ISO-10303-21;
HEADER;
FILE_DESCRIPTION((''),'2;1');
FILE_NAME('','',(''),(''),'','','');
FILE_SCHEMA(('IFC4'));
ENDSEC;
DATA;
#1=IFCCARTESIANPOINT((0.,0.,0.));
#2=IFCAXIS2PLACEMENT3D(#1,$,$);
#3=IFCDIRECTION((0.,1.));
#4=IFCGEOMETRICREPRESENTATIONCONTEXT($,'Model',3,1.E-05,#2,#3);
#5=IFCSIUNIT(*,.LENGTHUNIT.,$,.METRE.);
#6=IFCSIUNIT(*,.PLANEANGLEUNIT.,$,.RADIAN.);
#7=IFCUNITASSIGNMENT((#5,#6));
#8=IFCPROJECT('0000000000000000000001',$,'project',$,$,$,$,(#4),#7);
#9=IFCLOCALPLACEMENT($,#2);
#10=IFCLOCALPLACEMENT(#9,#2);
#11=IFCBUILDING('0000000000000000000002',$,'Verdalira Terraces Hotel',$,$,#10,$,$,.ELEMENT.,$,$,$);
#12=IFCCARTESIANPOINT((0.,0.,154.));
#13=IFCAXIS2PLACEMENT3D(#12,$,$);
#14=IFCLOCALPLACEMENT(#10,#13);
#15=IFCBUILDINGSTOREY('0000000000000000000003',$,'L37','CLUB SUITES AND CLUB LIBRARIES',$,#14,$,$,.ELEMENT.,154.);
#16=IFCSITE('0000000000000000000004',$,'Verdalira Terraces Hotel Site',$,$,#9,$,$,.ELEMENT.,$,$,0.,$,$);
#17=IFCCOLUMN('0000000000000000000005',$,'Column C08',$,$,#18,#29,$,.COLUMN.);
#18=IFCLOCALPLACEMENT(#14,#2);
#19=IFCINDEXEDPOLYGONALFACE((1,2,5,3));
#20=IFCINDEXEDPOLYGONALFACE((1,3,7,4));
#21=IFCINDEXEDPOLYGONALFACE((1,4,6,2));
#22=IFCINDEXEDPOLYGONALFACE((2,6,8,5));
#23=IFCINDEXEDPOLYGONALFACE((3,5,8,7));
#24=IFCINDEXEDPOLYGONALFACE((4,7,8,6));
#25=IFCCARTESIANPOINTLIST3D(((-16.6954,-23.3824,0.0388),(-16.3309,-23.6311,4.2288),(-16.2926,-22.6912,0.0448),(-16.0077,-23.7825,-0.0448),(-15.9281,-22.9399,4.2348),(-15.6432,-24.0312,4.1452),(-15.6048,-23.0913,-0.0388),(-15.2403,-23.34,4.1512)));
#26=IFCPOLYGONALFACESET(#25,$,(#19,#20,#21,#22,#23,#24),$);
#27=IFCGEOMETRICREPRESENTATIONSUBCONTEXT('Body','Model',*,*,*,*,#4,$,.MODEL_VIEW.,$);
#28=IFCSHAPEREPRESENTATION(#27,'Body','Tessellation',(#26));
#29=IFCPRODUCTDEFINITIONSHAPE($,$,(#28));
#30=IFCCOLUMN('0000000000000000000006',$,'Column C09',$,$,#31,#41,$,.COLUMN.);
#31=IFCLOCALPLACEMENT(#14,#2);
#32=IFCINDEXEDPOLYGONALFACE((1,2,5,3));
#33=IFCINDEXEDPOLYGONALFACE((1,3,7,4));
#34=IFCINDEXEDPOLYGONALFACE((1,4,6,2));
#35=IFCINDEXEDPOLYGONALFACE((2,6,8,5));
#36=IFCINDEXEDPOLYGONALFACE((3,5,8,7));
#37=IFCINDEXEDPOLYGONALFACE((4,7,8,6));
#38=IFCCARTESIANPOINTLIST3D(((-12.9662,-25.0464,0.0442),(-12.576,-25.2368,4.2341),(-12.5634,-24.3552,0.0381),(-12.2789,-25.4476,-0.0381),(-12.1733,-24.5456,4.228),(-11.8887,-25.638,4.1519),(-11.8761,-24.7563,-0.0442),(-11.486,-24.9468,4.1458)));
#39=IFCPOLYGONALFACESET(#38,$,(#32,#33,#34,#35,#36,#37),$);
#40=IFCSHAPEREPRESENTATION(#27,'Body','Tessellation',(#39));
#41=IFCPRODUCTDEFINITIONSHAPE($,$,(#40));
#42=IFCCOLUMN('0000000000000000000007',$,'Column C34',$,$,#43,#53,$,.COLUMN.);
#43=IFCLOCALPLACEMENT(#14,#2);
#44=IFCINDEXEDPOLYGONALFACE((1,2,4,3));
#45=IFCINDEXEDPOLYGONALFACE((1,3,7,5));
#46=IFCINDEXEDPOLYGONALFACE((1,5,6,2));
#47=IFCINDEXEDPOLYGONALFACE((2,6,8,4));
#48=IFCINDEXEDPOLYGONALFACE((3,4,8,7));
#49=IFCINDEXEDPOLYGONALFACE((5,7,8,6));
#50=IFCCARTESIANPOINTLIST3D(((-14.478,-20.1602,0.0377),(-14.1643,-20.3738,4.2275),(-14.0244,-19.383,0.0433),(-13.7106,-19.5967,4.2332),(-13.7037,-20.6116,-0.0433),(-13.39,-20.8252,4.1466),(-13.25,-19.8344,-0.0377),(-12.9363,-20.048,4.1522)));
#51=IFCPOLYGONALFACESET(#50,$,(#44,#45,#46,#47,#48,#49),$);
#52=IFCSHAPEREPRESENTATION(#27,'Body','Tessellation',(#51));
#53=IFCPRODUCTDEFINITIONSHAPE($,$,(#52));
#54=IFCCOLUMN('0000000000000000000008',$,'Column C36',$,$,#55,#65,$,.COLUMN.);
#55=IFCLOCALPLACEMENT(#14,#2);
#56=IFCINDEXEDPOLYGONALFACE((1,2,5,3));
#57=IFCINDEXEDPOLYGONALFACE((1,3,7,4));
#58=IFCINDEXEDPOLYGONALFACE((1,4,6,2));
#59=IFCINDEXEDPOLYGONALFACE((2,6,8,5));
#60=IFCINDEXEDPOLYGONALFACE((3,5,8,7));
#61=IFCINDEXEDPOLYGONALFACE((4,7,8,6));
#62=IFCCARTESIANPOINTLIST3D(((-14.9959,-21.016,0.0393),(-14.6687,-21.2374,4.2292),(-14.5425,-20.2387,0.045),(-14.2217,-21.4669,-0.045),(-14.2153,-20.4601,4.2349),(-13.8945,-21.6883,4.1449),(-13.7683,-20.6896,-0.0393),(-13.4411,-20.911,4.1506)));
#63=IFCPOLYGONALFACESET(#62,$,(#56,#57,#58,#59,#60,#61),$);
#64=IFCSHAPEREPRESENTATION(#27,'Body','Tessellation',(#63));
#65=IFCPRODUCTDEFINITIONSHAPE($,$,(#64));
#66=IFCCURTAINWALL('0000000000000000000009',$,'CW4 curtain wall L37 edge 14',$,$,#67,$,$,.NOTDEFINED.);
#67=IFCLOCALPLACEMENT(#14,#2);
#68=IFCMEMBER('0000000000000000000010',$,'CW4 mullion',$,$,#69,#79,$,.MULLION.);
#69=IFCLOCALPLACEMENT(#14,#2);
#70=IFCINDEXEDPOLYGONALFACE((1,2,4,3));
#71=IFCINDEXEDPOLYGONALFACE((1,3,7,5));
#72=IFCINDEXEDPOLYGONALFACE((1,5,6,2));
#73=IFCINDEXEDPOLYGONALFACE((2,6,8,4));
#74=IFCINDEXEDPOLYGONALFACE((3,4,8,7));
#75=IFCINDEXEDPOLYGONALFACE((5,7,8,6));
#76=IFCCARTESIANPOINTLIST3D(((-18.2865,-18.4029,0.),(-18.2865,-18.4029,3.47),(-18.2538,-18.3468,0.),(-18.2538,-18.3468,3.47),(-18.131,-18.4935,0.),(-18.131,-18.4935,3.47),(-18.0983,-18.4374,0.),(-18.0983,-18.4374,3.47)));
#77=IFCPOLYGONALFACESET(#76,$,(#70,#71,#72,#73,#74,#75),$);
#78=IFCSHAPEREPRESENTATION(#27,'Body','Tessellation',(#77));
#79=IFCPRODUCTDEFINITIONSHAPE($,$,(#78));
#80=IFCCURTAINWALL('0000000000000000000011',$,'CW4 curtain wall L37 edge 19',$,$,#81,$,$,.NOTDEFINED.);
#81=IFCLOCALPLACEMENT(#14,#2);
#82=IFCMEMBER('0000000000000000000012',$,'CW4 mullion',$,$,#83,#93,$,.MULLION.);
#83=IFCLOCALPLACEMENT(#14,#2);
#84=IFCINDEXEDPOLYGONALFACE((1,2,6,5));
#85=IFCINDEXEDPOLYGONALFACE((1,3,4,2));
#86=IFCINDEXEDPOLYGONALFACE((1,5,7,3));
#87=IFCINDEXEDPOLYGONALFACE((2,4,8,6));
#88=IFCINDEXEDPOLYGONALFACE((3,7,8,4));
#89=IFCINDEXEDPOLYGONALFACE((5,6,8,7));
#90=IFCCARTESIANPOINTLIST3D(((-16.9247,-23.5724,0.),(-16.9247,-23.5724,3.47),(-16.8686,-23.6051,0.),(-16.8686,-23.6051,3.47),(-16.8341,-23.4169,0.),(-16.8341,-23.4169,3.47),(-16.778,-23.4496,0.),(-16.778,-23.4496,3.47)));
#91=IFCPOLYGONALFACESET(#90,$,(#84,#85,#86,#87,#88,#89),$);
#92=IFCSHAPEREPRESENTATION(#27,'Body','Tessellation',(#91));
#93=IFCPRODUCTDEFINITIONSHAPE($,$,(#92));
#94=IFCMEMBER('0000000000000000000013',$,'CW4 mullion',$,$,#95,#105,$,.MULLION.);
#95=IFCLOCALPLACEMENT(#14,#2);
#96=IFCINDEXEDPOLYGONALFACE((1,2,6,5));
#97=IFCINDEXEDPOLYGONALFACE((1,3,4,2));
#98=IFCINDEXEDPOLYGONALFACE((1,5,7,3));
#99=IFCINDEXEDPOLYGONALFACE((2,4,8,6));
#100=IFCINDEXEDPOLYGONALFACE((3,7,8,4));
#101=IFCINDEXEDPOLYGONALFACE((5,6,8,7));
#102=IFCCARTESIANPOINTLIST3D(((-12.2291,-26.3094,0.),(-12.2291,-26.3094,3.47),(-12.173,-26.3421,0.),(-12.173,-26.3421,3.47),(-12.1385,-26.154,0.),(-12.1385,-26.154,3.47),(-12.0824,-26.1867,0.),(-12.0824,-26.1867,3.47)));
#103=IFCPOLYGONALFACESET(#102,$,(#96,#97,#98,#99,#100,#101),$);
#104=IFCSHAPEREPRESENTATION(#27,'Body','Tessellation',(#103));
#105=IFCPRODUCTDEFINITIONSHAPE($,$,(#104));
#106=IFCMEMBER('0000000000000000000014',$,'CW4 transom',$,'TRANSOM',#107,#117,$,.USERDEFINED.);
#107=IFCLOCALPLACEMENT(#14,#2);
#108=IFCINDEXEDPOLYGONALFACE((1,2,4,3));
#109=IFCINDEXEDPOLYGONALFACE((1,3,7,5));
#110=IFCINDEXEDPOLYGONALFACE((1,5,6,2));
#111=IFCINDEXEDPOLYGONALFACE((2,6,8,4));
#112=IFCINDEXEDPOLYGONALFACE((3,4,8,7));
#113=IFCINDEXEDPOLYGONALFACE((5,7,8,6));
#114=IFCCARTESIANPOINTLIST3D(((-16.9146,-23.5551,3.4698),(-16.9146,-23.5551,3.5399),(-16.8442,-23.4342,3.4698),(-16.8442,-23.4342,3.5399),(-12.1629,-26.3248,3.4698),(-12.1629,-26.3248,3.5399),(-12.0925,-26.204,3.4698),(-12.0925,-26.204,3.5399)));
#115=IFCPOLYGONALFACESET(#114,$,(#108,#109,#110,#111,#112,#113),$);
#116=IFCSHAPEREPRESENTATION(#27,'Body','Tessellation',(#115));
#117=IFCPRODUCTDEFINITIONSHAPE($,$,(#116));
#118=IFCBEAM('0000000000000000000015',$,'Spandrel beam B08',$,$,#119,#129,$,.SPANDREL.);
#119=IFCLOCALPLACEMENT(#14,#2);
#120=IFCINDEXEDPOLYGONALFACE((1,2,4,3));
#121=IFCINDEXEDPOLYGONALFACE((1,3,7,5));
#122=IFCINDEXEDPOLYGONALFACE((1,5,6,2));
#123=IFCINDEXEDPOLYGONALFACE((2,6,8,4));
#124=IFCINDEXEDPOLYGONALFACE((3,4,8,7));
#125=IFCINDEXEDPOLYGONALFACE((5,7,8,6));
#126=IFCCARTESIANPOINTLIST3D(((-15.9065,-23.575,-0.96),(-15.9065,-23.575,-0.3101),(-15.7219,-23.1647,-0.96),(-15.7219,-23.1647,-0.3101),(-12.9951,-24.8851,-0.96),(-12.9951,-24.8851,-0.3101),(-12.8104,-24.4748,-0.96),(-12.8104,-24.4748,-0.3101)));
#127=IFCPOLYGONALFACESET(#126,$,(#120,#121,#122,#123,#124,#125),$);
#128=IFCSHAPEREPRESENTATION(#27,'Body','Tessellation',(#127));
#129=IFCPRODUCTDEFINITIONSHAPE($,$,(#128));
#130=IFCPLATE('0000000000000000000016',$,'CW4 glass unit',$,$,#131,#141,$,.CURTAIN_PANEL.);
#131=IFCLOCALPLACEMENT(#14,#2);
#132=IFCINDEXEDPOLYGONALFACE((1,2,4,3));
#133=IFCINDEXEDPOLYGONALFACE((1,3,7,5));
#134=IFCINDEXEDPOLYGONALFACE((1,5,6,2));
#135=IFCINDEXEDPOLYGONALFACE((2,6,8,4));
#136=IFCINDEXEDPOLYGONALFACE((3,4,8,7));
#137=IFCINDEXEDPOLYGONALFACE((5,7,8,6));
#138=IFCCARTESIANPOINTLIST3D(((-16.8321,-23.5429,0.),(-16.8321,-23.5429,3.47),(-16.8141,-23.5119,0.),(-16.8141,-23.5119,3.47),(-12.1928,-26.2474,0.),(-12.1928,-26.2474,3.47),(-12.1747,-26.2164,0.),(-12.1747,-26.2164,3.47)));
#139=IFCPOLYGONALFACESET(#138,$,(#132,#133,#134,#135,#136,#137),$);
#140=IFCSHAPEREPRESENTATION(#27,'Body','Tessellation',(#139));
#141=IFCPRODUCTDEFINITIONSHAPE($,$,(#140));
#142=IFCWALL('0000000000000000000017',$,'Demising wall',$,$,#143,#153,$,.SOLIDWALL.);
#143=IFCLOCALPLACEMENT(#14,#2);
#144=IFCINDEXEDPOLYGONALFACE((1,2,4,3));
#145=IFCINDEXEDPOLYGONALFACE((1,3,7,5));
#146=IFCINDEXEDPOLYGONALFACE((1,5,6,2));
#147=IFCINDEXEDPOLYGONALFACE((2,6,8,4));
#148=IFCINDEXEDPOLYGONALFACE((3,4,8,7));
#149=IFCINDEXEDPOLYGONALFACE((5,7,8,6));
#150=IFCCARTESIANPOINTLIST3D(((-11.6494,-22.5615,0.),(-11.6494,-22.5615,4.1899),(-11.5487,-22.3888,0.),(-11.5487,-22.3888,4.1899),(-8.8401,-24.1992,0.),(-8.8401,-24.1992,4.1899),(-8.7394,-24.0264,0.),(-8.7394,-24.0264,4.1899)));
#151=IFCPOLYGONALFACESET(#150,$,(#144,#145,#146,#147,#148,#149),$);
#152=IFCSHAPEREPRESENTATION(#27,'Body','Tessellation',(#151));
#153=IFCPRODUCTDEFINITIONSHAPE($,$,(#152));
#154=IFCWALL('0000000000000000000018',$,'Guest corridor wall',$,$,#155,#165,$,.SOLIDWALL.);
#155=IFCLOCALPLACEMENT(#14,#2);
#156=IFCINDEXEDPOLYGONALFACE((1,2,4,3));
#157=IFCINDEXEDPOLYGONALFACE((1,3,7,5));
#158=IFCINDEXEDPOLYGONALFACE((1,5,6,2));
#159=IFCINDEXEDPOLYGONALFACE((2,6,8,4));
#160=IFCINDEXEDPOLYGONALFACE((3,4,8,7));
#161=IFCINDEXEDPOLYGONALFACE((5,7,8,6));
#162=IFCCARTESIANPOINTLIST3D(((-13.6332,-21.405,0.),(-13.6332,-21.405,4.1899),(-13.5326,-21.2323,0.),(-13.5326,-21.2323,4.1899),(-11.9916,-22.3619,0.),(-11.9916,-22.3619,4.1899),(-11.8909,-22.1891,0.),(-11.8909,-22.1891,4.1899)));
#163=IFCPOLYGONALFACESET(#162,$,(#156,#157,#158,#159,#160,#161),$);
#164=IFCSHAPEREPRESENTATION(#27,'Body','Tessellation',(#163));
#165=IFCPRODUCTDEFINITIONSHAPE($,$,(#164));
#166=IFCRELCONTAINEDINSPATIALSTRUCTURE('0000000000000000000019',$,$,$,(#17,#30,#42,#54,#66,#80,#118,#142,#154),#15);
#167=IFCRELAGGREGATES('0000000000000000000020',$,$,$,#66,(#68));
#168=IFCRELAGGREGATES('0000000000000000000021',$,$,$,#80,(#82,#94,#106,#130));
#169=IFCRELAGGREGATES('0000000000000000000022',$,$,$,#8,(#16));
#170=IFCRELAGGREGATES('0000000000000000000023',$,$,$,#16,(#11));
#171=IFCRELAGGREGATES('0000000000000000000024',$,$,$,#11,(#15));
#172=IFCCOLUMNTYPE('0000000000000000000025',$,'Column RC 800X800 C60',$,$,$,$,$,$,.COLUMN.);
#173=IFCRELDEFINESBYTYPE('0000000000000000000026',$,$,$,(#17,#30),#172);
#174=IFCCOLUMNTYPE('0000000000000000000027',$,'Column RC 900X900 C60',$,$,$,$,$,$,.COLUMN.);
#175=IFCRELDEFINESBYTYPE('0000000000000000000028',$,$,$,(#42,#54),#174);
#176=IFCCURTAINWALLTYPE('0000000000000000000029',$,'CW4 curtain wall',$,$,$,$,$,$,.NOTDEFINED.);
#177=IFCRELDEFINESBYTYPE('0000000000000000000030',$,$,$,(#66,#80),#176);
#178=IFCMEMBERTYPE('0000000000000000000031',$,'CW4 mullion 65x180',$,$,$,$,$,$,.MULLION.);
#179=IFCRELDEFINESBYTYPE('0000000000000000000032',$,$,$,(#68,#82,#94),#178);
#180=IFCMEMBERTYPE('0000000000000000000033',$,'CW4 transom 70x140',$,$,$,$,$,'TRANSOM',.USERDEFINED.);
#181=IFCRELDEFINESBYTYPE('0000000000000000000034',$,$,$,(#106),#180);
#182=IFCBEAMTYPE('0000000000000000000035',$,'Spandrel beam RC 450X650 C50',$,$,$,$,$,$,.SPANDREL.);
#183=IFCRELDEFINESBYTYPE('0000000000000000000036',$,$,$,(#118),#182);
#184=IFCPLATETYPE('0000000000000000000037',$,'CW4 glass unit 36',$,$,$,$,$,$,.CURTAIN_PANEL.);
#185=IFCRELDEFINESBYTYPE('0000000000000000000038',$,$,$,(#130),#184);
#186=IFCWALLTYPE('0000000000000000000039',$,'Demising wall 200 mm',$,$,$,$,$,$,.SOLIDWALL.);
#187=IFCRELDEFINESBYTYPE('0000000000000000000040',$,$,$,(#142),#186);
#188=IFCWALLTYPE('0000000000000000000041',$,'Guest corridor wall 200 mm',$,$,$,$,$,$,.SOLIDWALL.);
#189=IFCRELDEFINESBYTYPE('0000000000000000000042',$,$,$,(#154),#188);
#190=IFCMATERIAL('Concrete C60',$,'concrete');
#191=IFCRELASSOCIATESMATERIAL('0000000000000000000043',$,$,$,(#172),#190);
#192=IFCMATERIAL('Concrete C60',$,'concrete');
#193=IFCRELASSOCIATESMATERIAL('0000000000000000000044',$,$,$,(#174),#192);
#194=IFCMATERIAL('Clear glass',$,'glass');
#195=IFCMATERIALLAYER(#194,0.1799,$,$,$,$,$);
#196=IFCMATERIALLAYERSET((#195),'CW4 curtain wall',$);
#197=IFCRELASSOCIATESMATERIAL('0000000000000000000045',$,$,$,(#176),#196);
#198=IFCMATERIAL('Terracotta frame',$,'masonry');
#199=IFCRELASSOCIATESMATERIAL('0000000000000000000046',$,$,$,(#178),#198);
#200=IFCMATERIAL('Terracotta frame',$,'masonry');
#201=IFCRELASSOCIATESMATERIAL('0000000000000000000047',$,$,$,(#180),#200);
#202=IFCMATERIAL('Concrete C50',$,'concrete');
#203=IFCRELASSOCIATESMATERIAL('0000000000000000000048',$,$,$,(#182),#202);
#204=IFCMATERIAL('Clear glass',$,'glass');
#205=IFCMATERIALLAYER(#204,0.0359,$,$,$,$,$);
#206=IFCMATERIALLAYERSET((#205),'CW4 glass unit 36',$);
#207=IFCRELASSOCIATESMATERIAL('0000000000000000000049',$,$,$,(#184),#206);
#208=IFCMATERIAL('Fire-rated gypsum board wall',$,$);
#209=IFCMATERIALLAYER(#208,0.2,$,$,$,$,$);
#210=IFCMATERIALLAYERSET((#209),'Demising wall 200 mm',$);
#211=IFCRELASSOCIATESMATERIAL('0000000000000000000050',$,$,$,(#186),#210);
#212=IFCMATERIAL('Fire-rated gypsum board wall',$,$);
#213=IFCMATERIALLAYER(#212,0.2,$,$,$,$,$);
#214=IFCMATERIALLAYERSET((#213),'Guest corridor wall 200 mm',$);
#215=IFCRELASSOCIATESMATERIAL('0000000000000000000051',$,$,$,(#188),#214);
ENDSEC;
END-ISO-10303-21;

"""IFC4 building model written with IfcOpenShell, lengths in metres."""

from ifc_helpers import new_model, si_unit, direction, frame, frame_2d, origin, origin_2d, place, context, subcontext, project, spatial, rectangle, extrude, material, layer, layer_set, material_profile, profile_set, type_object, element, aggregate, save


model = new_model("IFC4")

# Units and contexts
model_context = context("Model", 3, precision=1e-05, world=origin(), true_north=direction((0.0, 1.0)))
body_context = subcontext(model_context, "Body", "Model", "MODEL_VIEW")
ifc_project = project(units=[si_unit("LENGTHUNIT", "METRE"), si_unit("PLANEANGLEUNIT", "RADIAN")], contexts=[model_context])

# Site, building, storey
site_placement = place(None, origin())
site = spatial("IfcSite", under=ifc_project, at=site_placement, Name="Verdalira Terraces Hotel Site", CompositionType="ELEMENT", RefElevation=0.0)
building_placement = place(site_placement, origin())
building = spatial("IfcBuilding", under=site, at=building_placement, Name="Verdalira Terraces Hotel", CompositionType="ELEMENT")
storey_placement = place(building_placement, frame((0.0, 0.0, 154.0)))
storey = spatial("IfcBuildingStorey", under=building, at=storey_placement, Name="L37", Description="CLUB SUITES AND CLUB LIBRARIES", CompositionType="ELEMENT", Elevation=154.0)

# Columns
ifc_material_1 = material(Name="Concrete C60", Category="concrete")
ifc_material_profile_1 = material_profile(ifc_material_1, rectangle(XDim=0.8, YDim=0.8, at=origin_2d()), Name="RC 800X800")
ifc_profile_set_1 = profile_set([ifc_material_profile_1], Name="Concrete C60")
column_type_1 = type_object("IfcColumnType", Name="Column RC 800X800 C60", PredefinedType="COLUMN", material=ifc_profile_set_1)
column_1_placement = place(storey_placement, frame((-16.1501, -23.2368, 0.0), z_axis=(0.086516, -0.059049, 0.994499), x_axis=(0.859644, -0.500097, -0.104478)))
element("IfcColumn", 1, at=column_1_placement, inside=storey, type_object=column_type_1, Name="Column C08", PredefinedType="COLUMN", context=body_context, shape_type="SweptSolid", body=[
    extrude(rectangle(XDim=0.8, YDim=0.8, at=origin_2d()), origin(), (0.0, 0.0, 1.0), 4.2131),
])
column_2_placement = place(storey_placement, frame((-12.4211, -24.9014, 0.0), z_axis=(0.092617, -0.045207, 0.994675), x_axis=(0.85907, -0.501434, -0.10278)))
element("IfcColumn", 2, at=column_2_placement, inside=storey, type_object=column_type_1, Name="Column C09", PredefinedType="COLUMN", context=body_context, shape_type="SweptSolid", body=[
    extrude(rectangle(XDim=0.8, YDim=0.8, at=origin_2d()), origin(), (0.0, 0.0, 1.0), 4.2124),
])
ifc_material_2 = material(Name="Concrete C60", Category="concrete")
ifc_material_profile_2 = material_profile(ifc_material_2, rectangle(XDim=0.8999, YDim=0.8999, at=origin_2d()), Name="RC 900X900")
ifc_profile_set_2 = profile_set([ifc_material_profile_2], Name="Concrete C60")
column_type_2 = type_object("IfcColumnType", Name="Column RC 900X900 C60", PredefinedType="COLUMN", material=ifc_profile_set_2)
column_3_placement = place(storey_placement, frame((-13.864, -19.9973, 0.0), z_axis=(0.074569, -0.050777, 0.995922), x_axis=(-0.504084, -0.863632, -0.006289)))
element("IfcColumn", 3, at=column_3_placement, inside=storey, type_object=column_type_2, Name="Column C34", PredefinedType="COLUMN", context=body_context, shape_type="SweptSolid", body=[
    extrude(rectangle(XDim=0.8999, YDim=0.8999, at=origin_2d()), origin(), (0.0, 0.0, 1.0), 4.207),
])
column_4_placement = place(storey_placement, frame((-14.3821, -20.8528, 0.0), z_axis=(0.077735, -0.052616, 0.995585), x_axis=(-0.503803, -0.863795, -0.006314)))
element("IfcColumn", 4, at=column_4_placement, inside=storey, type_object=column_type_2, Name="Column C36", PredefinedType="COLUMN", context=body_context, shape_type="SweptSolid", body=[
    extrude(rectangle(XDim=0.8999, YDim=0.8999, at=origin_2d()), origin(), (0.0, 0.0, 1.0), 4.2085),
])

# Curtain wall, member
ifc_material_3 = material(Name="Clear glass", Category="glass")
ifc_layer_1 = layer(ifc_material_3, 0.1799)
ifc_layer_set_1 = layer_set([ifc_layer_1], Name="CW4 curtain wall")
curtain_wall_type = type_object("IfcCurtainWallType", Name="CW4 curtain wall", PredefinedType="NOTDEFINED", material=ifc_layer_set_1)
curtain_wall_1_placement = place(storey_placement, origin())
curtain_wall_1 = element("IfcCurtainWall", 5, at=curtain_wall_1_placement, inside=storey, type_object=curtain_wall_type, Name="CW4 curtain wall L37 edge 14", PredefinedType="NOTDEFINED")
ifc_material_4 = material(Name="Terracotta frame", Category="masonry")
ifc_material_profile_3 = material_profile(ifc_material_4, rectangle(XDim=0.0649, YDim=0.1799, at=origin_2d()), Name="MU 65x180")
ifc_profile_set_3 = profile_set([ifc_material_profile_3], Name="Terracotta frame")
member_type_1 = type_object("IfcMemberType", Name="CW4 mullion 65x180", PredefinedType="MULLION", material=ifc_profile_set_3)
member_1_placement = place(storey_placement, frame((-18.1924, -18.4202, 0.0), z_axis=(0.0, 0.0, 1.0), x_axis=(-0.503623, -0.863923, 0.0)))
member_1 = element("IfcMember", 6, at=member_1_placement, type_object=member_type_1, Name="CW4 mullion", PredefinedType="MULLION", context=body_context, shape_type="SweptSolid", body=[
    extrude(rectangle(XDim=0.0649, YDim=0.1799, at=origin_2d()), origin(), (0.0, 0.0, 1.0), 3.47),
])
aggregate(curtain_wall_1, [member_1])

# Curtain wall, members
curtain_wall_2_placement = place(storey_placement, origin())
curtain_wall_2 = element("IfcCurtainWall", 7, at=curtain_wall_2_placement, inside=storey, type_object=curtain_wall_type, Name="CW4 curtain wall L37 edge 19", PredefinedType="NOTDEFINED")
member_2_placement = place(storey_placement, frame((-16.8513, -23.511, 0.0), z_axis=(0.0, 0.0, 1.0), x_axis=(0.863923, -0.503623, 0.0)))
member_2 = element("IfcMember", 8, at=member_2_placement, type_object=member_type_1, Name="CW4 mullion", PredefinedType="MULLION", context=body_context, shape_type="SweptSolid", body=[
    extrude(rectangle(XDim=0.0649, YDim=0.1799, at=origin_2d()), origin(), (0.0, 0.0, 1.0), 3.47),
])
member_3_placement = place(storey_placement, frame((-12.1558, -26.248, 0.0), z_axis=(0.0, 0.0, 1.0), x_axis=(0.863923, -0.503623, 0.0)))
member_3 = element("IfcMember", 9, at=member_3_placement, type_object=member_type_1, Name="CW4 mullion", PredefinedType="MULLION", context=body_context, shape_type="SweptSolid", body=[
    extrude(rectangle(XDim=0.0649, YDim=0.1799, at=origin_2d()), origin(), (0.0, 0.0, 1.0), 3.47),
])
ifc_material_5 = material(Name="Terracotta frame", Category="masonry")
ifc_material_profile_4 = material_profile(ifc_material_5, rectangle(XDim=0.1399, YDim=0.0701, at=origin_2d()), Name="TR 70x140")
ifc_profile_set_4 = profile_set([ifc_material_profile_4], Name="Terracotta frame")
member_type_2 = type_object("IfcMemberType", Name="CW4 transom 70x140", ElementType="TRANSOM", PredefinedType="USERDEFINED", material=ifc_profile_set_4)
member_4_placement = place(storey_placement, frame((-16.8794, -23.4946, 3.5049), z_axis=(0.863941, -0.503592, 0.0), x_axis=(0.503592, 0.863941, 0.0)))
member_4 = element("IfcMember", 10, at=member_4_placement, type_object=member_type_2, Name="CW4 transom", ObjectType="TRANSOM", PredefinedType="USERDEFINED", context=body_context, shape_type="SweptSolid", body=[
    extrude(rectangle(XDim=0.1399, YDim=0.0701, at=origin_2d()), origin(), (0.0, 0.0, 1.0), 5.5),
])

# Beam
ifc_material_6 = material(Name="Concrete C50", Category="concrete")
ifc_material_profile_5 = material_profile(ifc_material_6, rectangle(XDim=0.45, YDim=0.6499, at=origin_2d()), Name="RC 450X650")
ifc_profile_set_5 = profile_set([ifc_material_profile_5], Name="Concrete C50")
beam_type = type_object("IfcBeamType", Name="Spandrel beam RC 450X650 C50", PredefinedType="SPANDREL", material=ifc_profile_set_5)
beam_placement = place(storey_placement, frame((-15.8142, -23.3699, -0.635), z_axis=(0.911929, -0.410349, 0.0), x_axis=(0.410349, 0.911929, 0.0)))
element("IfcBeam", 11, at=beam_placement, inside=storey, type_object=beam_type, Name="Spandrel beam B08", PredefinedType="SPANDREL", context=body_context, shape_type="SweptSolid", body=[
    extrude(rectangle(XDim=0.45, YDim=0.6499, at=origin_2d()), origin(), (0.0, 0.0, 1.0), 3.1926),
])

# Plate
ifc_material_7 = material(Name="Clear glass", Category="glass")
ifc_layer_2 = layer(ifc_material_7, 0.0359)
ifc_layer_set_2 = layer_set([ifc_layer_2], Name="CW4 glass unit 36")
plate_type = type_object("IfcPlateType", Name="CW4 glass unit 36", PredefinedType="CURTAIN_PANEL", material=ifc_layer_set_2)
plate_placement = place(storey_placement, frame((-14.5034, -24.8796, 0.0), z_axis=(0.0, 0.0, 1.0), x_axis=(0.863923, -0.503623, 0.0)))
plate = element("IfcPlate", 12, at=plate_placement, type_object=plate_type, Name="CW4 glass unit", PredefinedType="CURTAIN_PANEL", context=body_context, shape_type="SweptSolid", body=[
    extrude(rectangle(XDim=5.3701, YDim=0.0359, at=origin_2d()), origin(), (0.0, 0.0, 1.0), 3.47),
])
aggregate(curtain_wall_2, [member_2, member_3, member_4, plate])

# Walls
ifc_material_8 = material(Name="Fire-rated gypsum board wall")
ifc_layer_3 = layer(ifc_material_8, 0.2)
ifc_layer_set_3 = layer_set([ifc_layer_3], Name="Demising wall 200 mm")
wall_type_1 = type_object("IfcWallType", Name="Demising wall 200 mm", PredefinedType="SOLIDWALL", material=ifc_layer_set_3)
wall_1_placement = place(storey_placement, frame((-11.5991, -22.4751, 0.0), z_axis=(0.0, 0.0, 1.0), x_axis=(0.863923, -0.503624, 0.0)))
element("IfcWall", 13, at=wall_1_placement, inside=storey, type_object=wall_type_1, Name="Demising wall", PredefinedType="SOLIDWALL", context=body_context, shape_type="SweptSolid", body=[
    extrude(rectangle(XDim=3.2517, YDim=0.2, at=frame_2d((1.626, 0.0))), origin(), (0.0, 0.0, 1.0), 4.1899),
])
ifc_material_9 = material(Name="Fire-rated gypsum board wall")
ifc_layer_4 = layer(ifc_material_9, 0.2)
ifc_layer_set_4 = layer_set([ifc_layer_4], Name="Guest corridor wall 200 mm")
wall_type_2 = type_object("IfcWallType", Name="Guest corridor wall 200 mm", PredefinedType="SOLIDWALL", material=ifc_layer_set_4)
wall_2_placement = place(storey_placement, frame((-13.583, -21.3186, 0.0), z_axis=(0.0, 0.0, 1.0), x_axis=(0.863965, -0.503551, 0.0)))
element("IfcWall", 14, at=wall_2_placement, inside=storey, type_object=wall_type_2, Name="Guest corridor wall", PredefinedType="SOLIDWALL", context=body_context, shape_type="SweptSolid", body=[
    extrude(rectangle(XDim=1.9001, YDim=0.2, at=frame_2d((0.9502, 0.0))), origin(), (0.0, 0.0, 1.0), 4.1899),
])

save(model, "model.ifc")
